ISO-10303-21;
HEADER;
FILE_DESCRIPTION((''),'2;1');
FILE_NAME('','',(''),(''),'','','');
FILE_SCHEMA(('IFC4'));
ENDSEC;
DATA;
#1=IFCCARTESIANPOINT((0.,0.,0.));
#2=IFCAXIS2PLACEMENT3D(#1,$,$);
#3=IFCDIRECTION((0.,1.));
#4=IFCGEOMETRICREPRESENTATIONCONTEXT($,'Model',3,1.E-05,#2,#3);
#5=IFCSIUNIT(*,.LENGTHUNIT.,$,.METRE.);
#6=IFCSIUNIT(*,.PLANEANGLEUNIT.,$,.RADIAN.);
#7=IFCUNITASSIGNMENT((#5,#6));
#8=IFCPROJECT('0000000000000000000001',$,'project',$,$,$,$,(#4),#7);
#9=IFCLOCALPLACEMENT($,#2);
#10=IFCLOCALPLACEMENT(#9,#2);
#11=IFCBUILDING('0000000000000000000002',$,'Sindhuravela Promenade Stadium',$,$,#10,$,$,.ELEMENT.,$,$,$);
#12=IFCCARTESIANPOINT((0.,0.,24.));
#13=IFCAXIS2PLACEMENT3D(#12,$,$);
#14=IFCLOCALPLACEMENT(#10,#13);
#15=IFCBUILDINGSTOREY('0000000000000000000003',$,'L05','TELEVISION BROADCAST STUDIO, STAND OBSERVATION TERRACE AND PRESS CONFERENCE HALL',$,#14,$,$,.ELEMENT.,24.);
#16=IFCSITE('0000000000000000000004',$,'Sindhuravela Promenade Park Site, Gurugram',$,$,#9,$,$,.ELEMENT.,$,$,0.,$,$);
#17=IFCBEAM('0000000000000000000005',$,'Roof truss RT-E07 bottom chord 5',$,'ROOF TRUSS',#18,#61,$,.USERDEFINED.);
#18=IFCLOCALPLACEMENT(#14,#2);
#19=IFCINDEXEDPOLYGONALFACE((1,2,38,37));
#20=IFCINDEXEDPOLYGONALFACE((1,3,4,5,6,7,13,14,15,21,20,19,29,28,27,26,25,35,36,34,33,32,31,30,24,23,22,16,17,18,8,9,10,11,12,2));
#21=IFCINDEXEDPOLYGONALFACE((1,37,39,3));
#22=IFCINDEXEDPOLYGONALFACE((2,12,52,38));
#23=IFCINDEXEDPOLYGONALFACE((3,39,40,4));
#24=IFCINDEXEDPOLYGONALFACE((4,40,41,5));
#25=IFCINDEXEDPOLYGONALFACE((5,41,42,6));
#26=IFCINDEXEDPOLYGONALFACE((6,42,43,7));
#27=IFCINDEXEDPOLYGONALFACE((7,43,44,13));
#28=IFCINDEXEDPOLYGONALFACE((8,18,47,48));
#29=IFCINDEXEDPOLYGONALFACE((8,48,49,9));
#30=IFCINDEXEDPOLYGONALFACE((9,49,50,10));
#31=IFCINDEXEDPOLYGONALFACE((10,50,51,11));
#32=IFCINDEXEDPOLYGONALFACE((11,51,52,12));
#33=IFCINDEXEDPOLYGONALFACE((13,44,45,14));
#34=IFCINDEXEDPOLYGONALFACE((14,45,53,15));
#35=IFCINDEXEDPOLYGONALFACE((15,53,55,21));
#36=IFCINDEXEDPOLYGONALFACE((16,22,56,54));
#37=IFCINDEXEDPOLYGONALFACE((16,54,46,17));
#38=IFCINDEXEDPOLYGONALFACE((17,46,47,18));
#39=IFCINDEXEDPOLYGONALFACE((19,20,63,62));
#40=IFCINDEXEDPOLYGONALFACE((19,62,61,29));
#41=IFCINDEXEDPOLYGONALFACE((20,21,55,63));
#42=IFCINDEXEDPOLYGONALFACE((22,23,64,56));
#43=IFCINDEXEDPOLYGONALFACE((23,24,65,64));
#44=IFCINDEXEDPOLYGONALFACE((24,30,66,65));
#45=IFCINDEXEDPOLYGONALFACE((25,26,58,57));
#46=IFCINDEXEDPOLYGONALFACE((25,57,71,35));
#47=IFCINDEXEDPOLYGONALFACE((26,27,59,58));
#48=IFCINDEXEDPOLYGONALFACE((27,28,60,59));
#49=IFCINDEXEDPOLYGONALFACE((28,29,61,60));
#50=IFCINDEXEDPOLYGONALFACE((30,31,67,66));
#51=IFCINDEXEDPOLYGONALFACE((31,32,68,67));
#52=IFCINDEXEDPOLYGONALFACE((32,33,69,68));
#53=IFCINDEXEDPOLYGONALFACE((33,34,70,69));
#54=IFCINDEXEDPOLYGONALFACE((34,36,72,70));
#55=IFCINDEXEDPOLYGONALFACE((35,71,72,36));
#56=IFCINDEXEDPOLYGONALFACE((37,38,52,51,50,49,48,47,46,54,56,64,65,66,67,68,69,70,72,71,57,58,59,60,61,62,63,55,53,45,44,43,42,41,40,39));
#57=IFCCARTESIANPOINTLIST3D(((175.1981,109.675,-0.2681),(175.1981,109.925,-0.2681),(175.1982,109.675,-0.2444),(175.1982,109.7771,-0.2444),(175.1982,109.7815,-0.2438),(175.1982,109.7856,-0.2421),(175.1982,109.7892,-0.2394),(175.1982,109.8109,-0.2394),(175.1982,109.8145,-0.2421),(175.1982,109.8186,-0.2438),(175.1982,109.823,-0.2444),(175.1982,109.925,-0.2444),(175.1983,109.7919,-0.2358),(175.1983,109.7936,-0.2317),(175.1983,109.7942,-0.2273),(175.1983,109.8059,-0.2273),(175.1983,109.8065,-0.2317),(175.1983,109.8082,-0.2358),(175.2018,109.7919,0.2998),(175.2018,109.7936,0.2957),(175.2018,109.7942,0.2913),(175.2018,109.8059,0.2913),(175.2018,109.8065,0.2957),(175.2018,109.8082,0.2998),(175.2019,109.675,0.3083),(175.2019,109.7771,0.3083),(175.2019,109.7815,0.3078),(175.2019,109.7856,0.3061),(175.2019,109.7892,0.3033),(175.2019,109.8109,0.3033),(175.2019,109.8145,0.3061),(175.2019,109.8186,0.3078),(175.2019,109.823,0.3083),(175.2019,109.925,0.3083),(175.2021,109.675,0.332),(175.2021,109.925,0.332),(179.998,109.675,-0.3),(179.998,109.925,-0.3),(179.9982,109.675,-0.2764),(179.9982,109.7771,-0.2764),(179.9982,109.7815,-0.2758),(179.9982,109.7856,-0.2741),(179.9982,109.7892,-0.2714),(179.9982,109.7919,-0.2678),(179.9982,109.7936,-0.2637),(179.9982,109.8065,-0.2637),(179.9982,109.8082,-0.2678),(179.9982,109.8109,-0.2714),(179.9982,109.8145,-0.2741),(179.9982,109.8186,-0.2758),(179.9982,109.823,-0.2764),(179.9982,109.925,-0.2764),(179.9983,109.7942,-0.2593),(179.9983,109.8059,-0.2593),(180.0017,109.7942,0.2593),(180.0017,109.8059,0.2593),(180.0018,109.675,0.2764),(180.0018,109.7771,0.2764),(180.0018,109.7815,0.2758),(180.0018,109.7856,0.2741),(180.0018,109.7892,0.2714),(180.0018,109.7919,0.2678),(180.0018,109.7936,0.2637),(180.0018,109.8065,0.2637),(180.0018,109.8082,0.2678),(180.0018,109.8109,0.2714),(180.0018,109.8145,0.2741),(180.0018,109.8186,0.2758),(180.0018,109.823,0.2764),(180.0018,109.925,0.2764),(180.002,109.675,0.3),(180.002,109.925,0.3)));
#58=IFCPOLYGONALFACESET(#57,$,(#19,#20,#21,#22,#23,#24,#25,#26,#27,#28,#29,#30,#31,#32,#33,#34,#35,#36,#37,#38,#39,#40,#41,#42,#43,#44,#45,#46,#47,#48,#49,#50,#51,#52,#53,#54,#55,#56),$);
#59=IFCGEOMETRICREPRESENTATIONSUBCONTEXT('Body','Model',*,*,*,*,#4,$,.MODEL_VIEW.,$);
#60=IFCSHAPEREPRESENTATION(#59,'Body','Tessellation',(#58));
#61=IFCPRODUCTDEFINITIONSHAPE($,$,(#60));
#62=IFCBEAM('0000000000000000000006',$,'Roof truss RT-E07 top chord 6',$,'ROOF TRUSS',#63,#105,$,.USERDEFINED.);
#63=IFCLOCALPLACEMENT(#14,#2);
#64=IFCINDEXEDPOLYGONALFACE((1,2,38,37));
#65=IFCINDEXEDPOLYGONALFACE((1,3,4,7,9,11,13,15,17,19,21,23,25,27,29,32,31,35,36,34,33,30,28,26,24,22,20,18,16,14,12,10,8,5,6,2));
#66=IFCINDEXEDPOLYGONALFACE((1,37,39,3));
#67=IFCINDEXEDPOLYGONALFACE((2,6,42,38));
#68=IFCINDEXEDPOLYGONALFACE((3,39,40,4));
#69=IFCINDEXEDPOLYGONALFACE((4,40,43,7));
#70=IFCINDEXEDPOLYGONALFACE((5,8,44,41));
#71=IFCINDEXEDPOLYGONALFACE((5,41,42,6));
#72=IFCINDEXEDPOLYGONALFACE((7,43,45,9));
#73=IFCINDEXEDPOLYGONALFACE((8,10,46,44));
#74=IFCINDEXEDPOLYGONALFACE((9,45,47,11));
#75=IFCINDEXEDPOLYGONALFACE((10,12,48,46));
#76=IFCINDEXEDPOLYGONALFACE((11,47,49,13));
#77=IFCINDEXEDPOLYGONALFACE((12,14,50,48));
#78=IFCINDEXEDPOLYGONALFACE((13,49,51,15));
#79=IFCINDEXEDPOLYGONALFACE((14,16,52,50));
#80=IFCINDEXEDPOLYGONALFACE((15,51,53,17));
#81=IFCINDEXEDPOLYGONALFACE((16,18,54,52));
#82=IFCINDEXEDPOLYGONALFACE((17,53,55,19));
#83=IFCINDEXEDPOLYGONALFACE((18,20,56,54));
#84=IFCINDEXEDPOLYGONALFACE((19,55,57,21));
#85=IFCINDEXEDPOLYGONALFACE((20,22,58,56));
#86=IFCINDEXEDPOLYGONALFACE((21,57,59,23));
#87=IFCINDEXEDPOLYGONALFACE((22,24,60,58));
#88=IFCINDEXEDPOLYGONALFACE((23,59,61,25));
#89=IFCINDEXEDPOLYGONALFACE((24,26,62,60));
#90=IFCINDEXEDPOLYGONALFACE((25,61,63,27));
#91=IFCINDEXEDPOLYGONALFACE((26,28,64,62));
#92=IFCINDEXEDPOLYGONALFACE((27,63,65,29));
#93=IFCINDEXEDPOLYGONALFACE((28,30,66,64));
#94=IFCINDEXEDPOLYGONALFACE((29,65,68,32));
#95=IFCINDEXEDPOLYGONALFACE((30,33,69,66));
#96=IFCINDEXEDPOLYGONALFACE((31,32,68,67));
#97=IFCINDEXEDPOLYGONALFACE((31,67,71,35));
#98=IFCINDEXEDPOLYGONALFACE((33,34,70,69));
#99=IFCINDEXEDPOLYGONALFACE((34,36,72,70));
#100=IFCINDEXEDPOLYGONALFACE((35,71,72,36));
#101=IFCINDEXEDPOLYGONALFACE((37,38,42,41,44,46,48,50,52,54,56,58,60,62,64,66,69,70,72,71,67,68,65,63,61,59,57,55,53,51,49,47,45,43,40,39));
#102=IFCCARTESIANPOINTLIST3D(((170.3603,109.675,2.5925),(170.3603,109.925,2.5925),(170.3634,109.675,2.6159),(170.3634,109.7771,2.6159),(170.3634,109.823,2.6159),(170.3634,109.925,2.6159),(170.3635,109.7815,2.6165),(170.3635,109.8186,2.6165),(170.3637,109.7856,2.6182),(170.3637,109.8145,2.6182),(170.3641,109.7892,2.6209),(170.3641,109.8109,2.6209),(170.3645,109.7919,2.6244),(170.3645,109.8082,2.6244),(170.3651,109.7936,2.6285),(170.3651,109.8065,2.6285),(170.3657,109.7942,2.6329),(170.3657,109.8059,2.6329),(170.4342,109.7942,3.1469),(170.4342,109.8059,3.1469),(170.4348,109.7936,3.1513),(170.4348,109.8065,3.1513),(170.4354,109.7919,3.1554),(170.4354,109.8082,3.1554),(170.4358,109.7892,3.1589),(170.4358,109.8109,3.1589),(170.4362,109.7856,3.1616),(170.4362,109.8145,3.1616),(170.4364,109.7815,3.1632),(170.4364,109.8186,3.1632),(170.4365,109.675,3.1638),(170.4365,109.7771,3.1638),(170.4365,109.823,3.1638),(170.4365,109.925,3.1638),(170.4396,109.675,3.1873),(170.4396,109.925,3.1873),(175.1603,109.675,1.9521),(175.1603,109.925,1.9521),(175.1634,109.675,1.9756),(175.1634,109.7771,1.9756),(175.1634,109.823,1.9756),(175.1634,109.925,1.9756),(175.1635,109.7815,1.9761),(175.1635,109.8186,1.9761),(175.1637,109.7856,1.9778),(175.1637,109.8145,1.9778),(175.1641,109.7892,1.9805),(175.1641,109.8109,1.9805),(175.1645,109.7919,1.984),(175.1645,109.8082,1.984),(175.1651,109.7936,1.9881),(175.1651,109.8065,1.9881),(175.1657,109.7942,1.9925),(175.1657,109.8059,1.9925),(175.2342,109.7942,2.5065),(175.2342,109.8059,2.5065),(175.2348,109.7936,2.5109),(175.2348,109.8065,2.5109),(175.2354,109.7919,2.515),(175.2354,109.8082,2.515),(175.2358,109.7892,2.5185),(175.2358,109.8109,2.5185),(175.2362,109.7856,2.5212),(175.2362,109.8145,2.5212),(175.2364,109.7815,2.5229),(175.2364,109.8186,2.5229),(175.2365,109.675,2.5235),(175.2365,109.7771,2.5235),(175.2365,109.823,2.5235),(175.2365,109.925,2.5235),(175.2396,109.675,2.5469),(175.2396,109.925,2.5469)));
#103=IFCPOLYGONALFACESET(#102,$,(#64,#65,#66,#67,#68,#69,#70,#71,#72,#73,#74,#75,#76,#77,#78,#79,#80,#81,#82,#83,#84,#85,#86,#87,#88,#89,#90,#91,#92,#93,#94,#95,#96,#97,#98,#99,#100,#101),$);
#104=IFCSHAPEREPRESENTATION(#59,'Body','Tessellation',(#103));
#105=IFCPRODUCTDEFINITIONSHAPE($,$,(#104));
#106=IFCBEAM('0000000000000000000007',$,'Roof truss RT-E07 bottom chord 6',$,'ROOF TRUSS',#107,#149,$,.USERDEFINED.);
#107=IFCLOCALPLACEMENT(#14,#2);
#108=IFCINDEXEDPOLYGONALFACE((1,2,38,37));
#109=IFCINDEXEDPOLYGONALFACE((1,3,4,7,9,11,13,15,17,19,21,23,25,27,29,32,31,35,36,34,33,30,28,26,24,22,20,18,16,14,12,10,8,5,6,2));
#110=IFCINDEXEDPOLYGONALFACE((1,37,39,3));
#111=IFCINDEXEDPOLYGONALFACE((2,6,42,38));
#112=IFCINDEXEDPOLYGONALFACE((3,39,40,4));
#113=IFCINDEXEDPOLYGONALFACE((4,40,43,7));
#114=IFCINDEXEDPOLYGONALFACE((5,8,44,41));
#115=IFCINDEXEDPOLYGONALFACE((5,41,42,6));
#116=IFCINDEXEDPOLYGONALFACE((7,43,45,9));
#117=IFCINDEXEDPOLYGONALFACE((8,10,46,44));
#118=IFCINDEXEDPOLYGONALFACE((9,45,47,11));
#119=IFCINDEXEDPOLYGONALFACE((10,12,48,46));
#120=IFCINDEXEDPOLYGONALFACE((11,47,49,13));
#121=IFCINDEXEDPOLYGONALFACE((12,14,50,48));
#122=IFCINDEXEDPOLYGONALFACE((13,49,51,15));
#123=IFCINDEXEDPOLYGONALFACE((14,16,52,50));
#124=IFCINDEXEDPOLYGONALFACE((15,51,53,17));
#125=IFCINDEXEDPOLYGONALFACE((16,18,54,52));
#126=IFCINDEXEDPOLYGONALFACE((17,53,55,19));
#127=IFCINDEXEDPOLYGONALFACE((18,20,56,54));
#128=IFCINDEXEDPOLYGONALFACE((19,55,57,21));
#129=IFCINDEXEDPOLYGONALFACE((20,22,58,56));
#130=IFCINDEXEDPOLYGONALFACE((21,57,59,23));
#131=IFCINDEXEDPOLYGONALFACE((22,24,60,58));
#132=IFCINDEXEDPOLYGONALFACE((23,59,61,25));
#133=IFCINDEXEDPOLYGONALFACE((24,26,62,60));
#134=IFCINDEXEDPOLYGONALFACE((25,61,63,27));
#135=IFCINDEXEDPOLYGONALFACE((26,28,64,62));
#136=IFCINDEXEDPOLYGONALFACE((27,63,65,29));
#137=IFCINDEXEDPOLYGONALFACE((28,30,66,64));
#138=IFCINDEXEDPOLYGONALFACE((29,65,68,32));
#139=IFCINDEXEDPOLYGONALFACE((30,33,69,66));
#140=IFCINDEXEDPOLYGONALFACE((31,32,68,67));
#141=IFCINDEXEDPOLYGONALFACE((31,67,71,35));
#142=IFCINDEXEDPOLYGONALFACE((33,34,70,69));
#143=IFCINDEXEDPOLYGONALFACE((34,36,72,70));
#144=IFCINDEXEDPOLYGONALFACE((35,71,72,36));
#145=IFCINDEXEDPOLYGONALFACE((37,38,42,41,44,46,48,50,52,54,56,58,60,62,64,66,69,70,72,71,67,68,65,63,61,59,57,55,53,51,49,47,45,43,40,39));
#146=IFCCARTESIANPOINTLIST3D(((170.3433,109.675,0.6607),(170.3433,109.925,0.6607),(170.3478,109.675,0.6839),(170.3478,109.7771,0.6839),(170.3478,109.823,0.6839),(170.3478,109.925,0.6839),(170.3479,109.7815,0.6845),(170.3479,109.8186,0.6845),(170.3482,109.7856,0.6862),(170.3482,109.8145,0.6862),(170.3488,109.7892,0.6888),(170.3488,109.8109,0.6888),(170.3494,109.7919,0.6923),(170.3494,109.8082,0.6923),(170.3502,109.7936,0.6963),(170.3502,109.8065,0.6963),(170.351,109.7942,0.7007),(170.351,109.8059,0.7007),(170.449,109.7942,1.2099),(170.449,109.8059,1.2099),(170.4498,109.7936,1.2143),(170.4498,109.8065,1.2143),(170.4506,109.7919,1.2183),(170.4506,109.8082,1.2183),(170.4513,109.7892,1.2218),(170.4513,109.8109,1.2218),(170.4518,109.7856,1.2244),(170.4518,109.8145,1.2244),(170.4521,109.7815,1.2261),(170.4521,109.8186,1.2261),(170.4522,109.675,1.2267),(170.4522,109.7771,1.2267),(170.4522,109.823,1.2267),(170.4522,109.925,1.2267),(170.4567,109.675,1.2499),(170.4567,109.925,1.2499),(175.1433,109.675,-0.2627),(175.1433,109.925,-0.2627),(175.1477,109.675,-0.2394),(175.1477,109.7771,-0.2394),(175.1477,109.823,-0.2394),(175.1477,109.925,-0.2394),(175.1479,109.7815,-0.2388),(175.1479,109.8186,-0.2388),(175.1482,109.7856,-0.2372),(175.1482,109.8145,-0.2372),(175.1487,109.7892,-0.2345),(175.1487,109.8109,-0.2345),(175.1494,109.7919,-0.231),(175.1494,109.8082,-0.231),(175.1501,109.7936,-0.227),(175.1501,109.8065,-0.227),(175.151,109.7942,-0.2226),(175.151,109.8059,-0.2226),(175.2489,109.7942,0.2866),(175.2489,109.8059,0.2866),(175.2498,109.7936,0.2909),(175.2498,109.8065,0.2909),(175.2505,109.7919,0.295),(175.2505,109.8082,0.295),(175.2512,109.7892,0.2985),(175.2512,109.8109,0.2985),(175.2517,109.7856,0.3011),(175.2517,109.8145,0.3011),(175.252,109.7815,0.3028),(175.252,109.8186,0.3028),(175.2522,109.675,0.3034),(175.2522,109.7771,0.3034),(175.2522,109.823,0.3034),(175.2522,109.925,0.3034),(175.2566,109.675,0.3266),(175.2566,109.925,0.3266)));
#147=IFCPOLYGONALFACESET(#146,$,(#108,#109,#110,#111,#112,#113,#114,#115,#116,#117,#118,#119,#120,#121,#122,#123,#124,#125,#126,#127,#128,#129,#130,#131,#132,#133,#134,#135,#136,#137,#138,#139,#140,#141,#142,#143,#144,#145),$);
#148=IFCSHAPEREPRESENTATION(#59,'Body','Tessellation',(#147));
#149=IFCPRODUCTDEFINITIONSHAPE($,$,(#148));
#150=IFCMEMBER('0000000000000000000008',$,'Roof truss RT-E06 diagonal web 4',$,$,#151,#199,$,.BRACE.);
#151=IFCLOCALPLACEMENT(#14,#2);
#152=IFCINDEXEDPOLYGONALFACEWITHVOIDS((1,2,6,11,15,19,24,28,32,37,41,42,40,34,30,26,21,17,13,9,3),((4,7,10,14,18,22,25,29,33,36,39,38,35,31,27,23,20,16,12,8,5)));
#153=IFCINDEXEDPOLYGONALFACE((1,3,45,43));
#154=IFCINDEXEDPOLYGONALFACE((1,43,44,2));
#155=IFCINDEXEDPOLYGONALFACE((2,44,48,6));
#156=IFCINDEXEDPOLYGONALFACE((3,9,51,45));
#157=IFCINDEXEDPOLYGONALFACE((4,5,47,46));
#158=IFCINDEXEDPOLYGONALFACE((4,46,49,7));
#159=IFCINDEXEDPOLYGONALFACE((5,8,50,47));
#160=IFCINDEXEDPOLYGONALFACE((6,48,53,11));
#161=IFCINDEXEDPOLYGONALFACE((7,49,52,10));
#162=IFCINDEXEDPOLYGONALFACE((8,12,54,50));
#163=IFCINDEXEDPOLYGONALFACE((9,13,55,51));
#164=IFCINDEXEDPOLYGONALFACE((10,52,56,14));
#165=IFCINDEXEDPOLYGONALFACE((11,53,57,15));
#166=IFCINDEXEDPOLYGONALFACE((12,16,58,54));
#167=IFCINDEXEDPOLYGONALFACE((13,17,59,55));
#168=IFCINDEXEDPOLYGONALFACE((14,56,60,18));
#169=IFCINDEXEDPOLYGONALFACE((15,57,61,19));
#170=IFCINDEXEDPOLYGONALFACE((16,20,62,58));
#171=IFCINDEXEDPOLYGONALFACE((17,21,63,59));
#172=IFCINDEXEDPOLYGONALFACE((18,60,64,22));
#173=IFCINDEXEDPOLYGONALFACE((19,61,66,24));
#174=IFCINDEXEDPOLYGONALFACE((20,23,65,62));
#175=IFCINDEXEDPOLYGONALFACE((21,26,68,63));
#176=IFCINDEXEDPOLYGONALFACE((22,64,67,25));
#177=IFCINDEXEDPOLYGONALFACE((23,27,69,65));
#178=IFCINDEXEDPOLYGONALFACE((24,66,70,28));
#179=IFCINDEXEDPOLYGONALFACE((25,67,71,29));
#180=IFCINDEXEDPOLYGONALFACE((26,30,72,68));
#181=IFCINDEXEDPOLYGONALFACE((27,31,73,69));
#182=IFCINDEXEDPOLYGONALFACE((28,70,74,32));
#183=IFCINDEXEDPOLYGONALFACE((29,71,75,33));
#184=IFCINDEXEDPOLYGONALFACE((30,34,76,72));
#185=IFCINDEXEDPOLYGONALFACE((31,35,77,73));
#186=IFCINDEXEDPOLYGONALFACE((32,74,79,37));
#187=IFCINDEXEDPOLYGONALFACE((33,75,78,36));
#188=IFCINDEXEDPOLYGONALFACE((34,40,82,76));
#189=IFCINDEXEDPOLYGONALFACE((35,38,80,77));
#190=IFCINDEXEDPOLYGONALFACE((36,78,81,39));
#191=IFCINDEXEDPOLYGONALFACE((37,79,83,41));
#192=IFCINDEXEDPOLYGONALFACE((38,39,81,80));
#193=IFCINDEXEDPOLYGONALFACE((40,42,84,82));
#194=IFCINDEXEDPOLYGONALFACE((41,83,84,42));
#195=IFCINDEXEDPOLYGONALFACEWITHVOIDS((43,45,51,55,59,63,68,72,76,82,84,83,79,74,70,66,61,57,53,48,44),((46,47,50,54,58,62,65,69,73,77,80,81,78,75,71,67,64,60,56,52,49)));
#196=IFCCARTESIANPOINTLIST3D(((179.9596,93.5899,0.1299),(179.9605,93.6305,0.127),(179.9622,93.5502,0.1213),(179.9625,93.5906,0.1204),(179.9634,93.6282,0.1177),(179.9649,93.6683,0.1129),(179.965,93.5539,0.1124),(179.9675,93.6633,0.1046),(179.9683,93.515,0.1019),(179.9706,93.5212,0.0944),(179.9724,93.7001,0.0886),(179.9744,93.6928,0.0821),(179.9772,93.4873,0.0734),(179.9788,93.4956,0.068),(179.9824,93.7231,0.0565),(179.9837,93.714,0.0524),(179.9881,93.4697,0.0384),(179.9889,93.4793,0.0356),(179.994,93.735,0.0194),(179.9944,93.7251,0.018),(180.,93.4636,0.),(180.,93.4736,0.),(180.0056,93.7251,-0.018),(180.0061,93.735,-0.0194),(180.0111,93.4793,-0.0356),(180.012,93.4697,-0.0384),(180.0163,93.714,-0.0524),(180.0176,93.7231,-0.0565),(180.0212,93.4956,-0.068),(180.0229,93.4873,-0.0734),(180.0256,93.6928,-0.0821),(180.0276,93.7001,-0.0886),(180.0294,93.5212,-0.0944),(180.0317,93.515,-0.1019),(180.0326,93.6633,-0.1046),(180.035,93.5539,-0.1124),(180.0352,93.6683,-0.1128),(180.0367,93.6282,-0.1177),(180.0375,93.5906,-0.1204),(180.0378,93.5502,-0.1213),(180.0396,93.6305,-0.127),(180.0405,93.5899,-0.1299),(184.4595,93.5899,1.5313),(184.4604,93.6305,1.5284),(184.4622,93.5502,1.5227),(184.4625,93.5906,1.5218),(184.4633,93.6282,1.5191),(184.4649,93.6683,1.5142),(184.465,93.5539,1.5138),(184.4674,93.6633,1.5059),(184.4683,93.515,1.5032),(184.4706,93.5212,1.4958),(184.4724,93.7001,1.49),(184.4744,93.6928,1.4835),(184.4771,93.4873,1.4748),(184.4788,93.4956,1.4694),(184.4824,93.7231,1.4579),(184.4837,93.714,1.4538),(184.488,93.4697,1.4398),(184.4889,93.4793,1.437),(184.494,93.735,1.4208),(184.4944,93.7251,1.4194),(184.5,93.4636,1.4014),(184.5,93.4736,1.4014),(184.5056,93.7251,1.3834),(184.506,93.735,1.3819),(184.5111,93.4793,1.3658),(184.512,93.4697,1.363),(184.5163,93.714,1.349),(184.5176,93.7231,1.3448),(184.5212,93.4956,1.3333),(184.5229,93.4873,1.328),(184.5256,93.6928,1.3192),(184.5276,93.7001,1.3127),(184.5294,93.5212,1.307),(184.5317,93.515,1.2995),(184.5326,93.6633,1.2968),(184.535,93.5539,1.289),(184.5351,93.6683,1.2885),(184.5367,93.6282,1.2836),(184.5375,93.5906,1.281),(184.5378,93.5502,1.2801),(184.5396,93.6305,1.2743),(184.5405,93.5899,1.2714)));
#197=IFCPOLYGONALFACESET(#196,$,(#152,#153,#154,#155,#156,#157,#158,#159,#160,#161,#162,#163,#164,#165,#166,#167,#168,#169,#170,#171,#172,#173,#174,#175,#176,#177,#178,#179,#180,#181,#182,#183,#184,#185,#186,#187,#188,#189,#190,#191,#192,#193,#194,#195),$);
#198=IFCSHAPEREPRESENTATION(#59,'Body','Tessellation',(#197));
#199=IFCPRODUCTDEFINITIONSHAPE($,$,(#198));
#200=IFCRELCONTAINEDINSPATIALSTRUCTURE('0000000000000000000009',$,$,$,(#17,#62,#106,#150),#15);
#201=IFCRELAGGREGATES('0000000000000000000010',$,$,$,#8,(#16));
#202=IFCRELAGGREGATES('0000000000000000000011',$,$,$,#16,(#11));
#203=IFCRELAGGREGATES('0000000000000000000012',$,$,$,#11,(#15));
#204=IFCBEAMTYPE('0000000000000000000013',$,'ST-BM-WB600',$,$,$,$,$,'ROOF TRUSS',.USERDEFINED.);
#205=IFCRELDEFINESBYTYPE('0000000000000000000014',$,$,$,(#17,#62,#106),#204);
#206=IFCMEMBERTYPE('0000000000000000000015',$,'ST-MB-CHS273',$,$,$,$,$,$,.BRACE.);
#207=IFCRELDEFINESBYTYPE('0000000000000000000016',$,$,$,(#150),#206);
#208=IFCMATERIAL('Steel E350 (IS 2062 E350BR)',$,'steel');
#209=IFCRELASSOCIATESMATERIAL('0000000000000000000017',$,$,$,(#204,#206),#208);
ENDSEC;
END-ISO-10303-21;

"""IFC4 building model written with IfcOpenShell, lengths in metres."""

from ifc_helpers import new_model, si_unit, direction, frame, origin, origin_2d, place, context, subcontext, project, spatial, hollow_circle, i_section, extrude, material, material_profile, profile_set, type_object, element, save


model = new_model("IFC4")

# Units and contexts
model_context = context("Model", 3, precision=1e-05, world=origin(), true_north=direction((0.0, 1.0)))
body_context = subcontext(model_context, "Body", "Model", "MODEL_VIEW")
ifc_project = project(units=[si_unit("LENGTHUNIT", "METRE"), si_unit("PLANEANGLEUNIT", "RADIAN")], contexts=[model_context])

# Site, building, storey
site_placement = place(None, origin())
site = spatial("IfcSite", under=ifc_project, at=site_placement, Name="Sindhuravela Promenade Park Site, Gurugram", CompositionType="ELEMENT", RefElevation=0.0)
building_placement = place(site_placement, origin())
building = spatial("IfcBuilding", under=site, at=building_placement, Name="Sindhuravela Promenade Stadium", CompositionType="ELEMENT")
storey_placement = place(building_placement, frame((0.0, 0.0, 24.0)))
storey = spatial("IfcBuildingStorey", under=building, at=storey_placement, Name="L05", Description="TELEVISION BROADCAST STUDIO, STAND OBSERVATION TERRACE AND PRESS CONFERENCE HALL", CompositionType="ELEMENT", Elevation=24.0)

# Beams
ifc_material_1 = material(Name="Steel E350 (IS 2062 E350BR)", Category="steel")
ifc_material_profile_1 = material_profile(ifc_material_1, i_section(OverallWidth=0.25, OverallDepth=0.6001, WebThickness=0.0117, FlangeThickness=0.0237, FilletRadius=0.0171, at=origin_2d()), Name="ISWB 600")
ifc_profile_set_1 = profile_set([ifc_material_profile_1], Name="Steel E350 (IS 2062 E350BR)")
beam_type_1 = type_object("IfcBeamType", Name="ST-BM-WB600", ElementType="ROOF TRUSS", PredefinedType="USERDEFINED", material=ifc_profile_set_1)
beam_1_placement = place(storey_placement, frame((180.0, 109.8, 0.0), z_axis=(-0.999978, 0.0, 0.006663), x_axis=(0.0, -1.0, 0.0)))
element("IfcBeam", 1, at=beam_1_placement, inside=storey, type_object=beam_type_1, Name="Roof truss RT-E07 bottom chord 5", ObjectType="ROOF TRUSS", PredefinedType="USERDEFINED", context=body_context, shape_type="SweptSolid", body=[
    extrude(i_section(OverallWidth=0.25, OverallDepth=0.6001, WebThickness=0.0117, FlangeThickness=0.0237, FilletRadius=0.0171, at=origin_2d()), origin(), (0.0, 0.0, 1.0), 4.8),
])
beam_2_placement = place(storey_placement, frame((175.2, 109.8, 2.2495), z_axis=(-0.991218, 0.0, 0.13224), x_axis=(0.0, -1.0, 0.0)))
element("IfcBeam", 2, at=beam_2_placement, inside=storey, type_object=beam_type_1, Name="Roof truss RT-E07 top chord 6", ObjectType="ROOF TRUSS", PredefinedType="USERDEFINED", context=body_context, shape_type="SweptSolid", body=[
    extrude(i_section(OverallWidth=0.25, OverallDepth=0.6001, WebThickness=0.0117, FlangeThickness=0.0237, FilletRadius=0.0171, at=origin_2d()), origin(), (0.0, 0.0, 1.0), 4.8425),
])
beam_3_placement = place(storey_placement, frame((175.2, 109.8, 0.032), z_axis=(-0.981997, 0.0, 0.188897), x_axis=(0.0, -1.0, 0.0)))
element("IfcBeam", 3, at=beam_3_placement, inside=storey, type_object=beam_type_1, Name="Roof truss RT-E07 bottom chord 6", ObjectType="ROOF TRUSS", PredefinedType="USERDEFINED", context=body_context, shape_type="SweptSolid", body=[
    extrude(i_section(OverallWidth=0.25, OverallDepth=0.6001, WebThickness=0.0117, FlangeThickness=0.0237, FilletRadius=0.0171, at=origin_2d()), origin(), (0.0, 0.0, 1.0), 4.8879),
])

# Member
ifc_material_profile_2 = material_profile(ifc_material_1, hollow_circle(Radius=0.1365, WallThickness=0.01, at=origin_2d()), Name="CHS 273.0x10")
ifc_profile_set_2 = profile_set([ifc_material_profile_2], Name="Steel E350 (IS 2062 E350BR)")
member_type_1 = type_object("IfcMemberType", Name="ST-MB-CHS273", PredefinedType="BRACE", material=ifc_profile_set_2)
member_1_placement = place(storey_placement, frame((184.5, 93.6001, 1.4014), z_axis=(-0.954774, 0.0, -0.297331), x_axis=(0.0, -1.0, 0.0)))
element("IfcMember", 4, at=member_1_placement, inside=storey, type_object=member_type_1, Name="Roof truss RT-E06 diagonal web 4", PredefinedType="BRACE", context=body_context, shape_type="SweptSolid", body=[
    extrude(hollow_circle(Radius=0.1365, WallThickness=0.01, at=origin_2d()), origin(), (0.0, 0.0, 1.0), 4.7131),
])

save(model, "model.ifc")
